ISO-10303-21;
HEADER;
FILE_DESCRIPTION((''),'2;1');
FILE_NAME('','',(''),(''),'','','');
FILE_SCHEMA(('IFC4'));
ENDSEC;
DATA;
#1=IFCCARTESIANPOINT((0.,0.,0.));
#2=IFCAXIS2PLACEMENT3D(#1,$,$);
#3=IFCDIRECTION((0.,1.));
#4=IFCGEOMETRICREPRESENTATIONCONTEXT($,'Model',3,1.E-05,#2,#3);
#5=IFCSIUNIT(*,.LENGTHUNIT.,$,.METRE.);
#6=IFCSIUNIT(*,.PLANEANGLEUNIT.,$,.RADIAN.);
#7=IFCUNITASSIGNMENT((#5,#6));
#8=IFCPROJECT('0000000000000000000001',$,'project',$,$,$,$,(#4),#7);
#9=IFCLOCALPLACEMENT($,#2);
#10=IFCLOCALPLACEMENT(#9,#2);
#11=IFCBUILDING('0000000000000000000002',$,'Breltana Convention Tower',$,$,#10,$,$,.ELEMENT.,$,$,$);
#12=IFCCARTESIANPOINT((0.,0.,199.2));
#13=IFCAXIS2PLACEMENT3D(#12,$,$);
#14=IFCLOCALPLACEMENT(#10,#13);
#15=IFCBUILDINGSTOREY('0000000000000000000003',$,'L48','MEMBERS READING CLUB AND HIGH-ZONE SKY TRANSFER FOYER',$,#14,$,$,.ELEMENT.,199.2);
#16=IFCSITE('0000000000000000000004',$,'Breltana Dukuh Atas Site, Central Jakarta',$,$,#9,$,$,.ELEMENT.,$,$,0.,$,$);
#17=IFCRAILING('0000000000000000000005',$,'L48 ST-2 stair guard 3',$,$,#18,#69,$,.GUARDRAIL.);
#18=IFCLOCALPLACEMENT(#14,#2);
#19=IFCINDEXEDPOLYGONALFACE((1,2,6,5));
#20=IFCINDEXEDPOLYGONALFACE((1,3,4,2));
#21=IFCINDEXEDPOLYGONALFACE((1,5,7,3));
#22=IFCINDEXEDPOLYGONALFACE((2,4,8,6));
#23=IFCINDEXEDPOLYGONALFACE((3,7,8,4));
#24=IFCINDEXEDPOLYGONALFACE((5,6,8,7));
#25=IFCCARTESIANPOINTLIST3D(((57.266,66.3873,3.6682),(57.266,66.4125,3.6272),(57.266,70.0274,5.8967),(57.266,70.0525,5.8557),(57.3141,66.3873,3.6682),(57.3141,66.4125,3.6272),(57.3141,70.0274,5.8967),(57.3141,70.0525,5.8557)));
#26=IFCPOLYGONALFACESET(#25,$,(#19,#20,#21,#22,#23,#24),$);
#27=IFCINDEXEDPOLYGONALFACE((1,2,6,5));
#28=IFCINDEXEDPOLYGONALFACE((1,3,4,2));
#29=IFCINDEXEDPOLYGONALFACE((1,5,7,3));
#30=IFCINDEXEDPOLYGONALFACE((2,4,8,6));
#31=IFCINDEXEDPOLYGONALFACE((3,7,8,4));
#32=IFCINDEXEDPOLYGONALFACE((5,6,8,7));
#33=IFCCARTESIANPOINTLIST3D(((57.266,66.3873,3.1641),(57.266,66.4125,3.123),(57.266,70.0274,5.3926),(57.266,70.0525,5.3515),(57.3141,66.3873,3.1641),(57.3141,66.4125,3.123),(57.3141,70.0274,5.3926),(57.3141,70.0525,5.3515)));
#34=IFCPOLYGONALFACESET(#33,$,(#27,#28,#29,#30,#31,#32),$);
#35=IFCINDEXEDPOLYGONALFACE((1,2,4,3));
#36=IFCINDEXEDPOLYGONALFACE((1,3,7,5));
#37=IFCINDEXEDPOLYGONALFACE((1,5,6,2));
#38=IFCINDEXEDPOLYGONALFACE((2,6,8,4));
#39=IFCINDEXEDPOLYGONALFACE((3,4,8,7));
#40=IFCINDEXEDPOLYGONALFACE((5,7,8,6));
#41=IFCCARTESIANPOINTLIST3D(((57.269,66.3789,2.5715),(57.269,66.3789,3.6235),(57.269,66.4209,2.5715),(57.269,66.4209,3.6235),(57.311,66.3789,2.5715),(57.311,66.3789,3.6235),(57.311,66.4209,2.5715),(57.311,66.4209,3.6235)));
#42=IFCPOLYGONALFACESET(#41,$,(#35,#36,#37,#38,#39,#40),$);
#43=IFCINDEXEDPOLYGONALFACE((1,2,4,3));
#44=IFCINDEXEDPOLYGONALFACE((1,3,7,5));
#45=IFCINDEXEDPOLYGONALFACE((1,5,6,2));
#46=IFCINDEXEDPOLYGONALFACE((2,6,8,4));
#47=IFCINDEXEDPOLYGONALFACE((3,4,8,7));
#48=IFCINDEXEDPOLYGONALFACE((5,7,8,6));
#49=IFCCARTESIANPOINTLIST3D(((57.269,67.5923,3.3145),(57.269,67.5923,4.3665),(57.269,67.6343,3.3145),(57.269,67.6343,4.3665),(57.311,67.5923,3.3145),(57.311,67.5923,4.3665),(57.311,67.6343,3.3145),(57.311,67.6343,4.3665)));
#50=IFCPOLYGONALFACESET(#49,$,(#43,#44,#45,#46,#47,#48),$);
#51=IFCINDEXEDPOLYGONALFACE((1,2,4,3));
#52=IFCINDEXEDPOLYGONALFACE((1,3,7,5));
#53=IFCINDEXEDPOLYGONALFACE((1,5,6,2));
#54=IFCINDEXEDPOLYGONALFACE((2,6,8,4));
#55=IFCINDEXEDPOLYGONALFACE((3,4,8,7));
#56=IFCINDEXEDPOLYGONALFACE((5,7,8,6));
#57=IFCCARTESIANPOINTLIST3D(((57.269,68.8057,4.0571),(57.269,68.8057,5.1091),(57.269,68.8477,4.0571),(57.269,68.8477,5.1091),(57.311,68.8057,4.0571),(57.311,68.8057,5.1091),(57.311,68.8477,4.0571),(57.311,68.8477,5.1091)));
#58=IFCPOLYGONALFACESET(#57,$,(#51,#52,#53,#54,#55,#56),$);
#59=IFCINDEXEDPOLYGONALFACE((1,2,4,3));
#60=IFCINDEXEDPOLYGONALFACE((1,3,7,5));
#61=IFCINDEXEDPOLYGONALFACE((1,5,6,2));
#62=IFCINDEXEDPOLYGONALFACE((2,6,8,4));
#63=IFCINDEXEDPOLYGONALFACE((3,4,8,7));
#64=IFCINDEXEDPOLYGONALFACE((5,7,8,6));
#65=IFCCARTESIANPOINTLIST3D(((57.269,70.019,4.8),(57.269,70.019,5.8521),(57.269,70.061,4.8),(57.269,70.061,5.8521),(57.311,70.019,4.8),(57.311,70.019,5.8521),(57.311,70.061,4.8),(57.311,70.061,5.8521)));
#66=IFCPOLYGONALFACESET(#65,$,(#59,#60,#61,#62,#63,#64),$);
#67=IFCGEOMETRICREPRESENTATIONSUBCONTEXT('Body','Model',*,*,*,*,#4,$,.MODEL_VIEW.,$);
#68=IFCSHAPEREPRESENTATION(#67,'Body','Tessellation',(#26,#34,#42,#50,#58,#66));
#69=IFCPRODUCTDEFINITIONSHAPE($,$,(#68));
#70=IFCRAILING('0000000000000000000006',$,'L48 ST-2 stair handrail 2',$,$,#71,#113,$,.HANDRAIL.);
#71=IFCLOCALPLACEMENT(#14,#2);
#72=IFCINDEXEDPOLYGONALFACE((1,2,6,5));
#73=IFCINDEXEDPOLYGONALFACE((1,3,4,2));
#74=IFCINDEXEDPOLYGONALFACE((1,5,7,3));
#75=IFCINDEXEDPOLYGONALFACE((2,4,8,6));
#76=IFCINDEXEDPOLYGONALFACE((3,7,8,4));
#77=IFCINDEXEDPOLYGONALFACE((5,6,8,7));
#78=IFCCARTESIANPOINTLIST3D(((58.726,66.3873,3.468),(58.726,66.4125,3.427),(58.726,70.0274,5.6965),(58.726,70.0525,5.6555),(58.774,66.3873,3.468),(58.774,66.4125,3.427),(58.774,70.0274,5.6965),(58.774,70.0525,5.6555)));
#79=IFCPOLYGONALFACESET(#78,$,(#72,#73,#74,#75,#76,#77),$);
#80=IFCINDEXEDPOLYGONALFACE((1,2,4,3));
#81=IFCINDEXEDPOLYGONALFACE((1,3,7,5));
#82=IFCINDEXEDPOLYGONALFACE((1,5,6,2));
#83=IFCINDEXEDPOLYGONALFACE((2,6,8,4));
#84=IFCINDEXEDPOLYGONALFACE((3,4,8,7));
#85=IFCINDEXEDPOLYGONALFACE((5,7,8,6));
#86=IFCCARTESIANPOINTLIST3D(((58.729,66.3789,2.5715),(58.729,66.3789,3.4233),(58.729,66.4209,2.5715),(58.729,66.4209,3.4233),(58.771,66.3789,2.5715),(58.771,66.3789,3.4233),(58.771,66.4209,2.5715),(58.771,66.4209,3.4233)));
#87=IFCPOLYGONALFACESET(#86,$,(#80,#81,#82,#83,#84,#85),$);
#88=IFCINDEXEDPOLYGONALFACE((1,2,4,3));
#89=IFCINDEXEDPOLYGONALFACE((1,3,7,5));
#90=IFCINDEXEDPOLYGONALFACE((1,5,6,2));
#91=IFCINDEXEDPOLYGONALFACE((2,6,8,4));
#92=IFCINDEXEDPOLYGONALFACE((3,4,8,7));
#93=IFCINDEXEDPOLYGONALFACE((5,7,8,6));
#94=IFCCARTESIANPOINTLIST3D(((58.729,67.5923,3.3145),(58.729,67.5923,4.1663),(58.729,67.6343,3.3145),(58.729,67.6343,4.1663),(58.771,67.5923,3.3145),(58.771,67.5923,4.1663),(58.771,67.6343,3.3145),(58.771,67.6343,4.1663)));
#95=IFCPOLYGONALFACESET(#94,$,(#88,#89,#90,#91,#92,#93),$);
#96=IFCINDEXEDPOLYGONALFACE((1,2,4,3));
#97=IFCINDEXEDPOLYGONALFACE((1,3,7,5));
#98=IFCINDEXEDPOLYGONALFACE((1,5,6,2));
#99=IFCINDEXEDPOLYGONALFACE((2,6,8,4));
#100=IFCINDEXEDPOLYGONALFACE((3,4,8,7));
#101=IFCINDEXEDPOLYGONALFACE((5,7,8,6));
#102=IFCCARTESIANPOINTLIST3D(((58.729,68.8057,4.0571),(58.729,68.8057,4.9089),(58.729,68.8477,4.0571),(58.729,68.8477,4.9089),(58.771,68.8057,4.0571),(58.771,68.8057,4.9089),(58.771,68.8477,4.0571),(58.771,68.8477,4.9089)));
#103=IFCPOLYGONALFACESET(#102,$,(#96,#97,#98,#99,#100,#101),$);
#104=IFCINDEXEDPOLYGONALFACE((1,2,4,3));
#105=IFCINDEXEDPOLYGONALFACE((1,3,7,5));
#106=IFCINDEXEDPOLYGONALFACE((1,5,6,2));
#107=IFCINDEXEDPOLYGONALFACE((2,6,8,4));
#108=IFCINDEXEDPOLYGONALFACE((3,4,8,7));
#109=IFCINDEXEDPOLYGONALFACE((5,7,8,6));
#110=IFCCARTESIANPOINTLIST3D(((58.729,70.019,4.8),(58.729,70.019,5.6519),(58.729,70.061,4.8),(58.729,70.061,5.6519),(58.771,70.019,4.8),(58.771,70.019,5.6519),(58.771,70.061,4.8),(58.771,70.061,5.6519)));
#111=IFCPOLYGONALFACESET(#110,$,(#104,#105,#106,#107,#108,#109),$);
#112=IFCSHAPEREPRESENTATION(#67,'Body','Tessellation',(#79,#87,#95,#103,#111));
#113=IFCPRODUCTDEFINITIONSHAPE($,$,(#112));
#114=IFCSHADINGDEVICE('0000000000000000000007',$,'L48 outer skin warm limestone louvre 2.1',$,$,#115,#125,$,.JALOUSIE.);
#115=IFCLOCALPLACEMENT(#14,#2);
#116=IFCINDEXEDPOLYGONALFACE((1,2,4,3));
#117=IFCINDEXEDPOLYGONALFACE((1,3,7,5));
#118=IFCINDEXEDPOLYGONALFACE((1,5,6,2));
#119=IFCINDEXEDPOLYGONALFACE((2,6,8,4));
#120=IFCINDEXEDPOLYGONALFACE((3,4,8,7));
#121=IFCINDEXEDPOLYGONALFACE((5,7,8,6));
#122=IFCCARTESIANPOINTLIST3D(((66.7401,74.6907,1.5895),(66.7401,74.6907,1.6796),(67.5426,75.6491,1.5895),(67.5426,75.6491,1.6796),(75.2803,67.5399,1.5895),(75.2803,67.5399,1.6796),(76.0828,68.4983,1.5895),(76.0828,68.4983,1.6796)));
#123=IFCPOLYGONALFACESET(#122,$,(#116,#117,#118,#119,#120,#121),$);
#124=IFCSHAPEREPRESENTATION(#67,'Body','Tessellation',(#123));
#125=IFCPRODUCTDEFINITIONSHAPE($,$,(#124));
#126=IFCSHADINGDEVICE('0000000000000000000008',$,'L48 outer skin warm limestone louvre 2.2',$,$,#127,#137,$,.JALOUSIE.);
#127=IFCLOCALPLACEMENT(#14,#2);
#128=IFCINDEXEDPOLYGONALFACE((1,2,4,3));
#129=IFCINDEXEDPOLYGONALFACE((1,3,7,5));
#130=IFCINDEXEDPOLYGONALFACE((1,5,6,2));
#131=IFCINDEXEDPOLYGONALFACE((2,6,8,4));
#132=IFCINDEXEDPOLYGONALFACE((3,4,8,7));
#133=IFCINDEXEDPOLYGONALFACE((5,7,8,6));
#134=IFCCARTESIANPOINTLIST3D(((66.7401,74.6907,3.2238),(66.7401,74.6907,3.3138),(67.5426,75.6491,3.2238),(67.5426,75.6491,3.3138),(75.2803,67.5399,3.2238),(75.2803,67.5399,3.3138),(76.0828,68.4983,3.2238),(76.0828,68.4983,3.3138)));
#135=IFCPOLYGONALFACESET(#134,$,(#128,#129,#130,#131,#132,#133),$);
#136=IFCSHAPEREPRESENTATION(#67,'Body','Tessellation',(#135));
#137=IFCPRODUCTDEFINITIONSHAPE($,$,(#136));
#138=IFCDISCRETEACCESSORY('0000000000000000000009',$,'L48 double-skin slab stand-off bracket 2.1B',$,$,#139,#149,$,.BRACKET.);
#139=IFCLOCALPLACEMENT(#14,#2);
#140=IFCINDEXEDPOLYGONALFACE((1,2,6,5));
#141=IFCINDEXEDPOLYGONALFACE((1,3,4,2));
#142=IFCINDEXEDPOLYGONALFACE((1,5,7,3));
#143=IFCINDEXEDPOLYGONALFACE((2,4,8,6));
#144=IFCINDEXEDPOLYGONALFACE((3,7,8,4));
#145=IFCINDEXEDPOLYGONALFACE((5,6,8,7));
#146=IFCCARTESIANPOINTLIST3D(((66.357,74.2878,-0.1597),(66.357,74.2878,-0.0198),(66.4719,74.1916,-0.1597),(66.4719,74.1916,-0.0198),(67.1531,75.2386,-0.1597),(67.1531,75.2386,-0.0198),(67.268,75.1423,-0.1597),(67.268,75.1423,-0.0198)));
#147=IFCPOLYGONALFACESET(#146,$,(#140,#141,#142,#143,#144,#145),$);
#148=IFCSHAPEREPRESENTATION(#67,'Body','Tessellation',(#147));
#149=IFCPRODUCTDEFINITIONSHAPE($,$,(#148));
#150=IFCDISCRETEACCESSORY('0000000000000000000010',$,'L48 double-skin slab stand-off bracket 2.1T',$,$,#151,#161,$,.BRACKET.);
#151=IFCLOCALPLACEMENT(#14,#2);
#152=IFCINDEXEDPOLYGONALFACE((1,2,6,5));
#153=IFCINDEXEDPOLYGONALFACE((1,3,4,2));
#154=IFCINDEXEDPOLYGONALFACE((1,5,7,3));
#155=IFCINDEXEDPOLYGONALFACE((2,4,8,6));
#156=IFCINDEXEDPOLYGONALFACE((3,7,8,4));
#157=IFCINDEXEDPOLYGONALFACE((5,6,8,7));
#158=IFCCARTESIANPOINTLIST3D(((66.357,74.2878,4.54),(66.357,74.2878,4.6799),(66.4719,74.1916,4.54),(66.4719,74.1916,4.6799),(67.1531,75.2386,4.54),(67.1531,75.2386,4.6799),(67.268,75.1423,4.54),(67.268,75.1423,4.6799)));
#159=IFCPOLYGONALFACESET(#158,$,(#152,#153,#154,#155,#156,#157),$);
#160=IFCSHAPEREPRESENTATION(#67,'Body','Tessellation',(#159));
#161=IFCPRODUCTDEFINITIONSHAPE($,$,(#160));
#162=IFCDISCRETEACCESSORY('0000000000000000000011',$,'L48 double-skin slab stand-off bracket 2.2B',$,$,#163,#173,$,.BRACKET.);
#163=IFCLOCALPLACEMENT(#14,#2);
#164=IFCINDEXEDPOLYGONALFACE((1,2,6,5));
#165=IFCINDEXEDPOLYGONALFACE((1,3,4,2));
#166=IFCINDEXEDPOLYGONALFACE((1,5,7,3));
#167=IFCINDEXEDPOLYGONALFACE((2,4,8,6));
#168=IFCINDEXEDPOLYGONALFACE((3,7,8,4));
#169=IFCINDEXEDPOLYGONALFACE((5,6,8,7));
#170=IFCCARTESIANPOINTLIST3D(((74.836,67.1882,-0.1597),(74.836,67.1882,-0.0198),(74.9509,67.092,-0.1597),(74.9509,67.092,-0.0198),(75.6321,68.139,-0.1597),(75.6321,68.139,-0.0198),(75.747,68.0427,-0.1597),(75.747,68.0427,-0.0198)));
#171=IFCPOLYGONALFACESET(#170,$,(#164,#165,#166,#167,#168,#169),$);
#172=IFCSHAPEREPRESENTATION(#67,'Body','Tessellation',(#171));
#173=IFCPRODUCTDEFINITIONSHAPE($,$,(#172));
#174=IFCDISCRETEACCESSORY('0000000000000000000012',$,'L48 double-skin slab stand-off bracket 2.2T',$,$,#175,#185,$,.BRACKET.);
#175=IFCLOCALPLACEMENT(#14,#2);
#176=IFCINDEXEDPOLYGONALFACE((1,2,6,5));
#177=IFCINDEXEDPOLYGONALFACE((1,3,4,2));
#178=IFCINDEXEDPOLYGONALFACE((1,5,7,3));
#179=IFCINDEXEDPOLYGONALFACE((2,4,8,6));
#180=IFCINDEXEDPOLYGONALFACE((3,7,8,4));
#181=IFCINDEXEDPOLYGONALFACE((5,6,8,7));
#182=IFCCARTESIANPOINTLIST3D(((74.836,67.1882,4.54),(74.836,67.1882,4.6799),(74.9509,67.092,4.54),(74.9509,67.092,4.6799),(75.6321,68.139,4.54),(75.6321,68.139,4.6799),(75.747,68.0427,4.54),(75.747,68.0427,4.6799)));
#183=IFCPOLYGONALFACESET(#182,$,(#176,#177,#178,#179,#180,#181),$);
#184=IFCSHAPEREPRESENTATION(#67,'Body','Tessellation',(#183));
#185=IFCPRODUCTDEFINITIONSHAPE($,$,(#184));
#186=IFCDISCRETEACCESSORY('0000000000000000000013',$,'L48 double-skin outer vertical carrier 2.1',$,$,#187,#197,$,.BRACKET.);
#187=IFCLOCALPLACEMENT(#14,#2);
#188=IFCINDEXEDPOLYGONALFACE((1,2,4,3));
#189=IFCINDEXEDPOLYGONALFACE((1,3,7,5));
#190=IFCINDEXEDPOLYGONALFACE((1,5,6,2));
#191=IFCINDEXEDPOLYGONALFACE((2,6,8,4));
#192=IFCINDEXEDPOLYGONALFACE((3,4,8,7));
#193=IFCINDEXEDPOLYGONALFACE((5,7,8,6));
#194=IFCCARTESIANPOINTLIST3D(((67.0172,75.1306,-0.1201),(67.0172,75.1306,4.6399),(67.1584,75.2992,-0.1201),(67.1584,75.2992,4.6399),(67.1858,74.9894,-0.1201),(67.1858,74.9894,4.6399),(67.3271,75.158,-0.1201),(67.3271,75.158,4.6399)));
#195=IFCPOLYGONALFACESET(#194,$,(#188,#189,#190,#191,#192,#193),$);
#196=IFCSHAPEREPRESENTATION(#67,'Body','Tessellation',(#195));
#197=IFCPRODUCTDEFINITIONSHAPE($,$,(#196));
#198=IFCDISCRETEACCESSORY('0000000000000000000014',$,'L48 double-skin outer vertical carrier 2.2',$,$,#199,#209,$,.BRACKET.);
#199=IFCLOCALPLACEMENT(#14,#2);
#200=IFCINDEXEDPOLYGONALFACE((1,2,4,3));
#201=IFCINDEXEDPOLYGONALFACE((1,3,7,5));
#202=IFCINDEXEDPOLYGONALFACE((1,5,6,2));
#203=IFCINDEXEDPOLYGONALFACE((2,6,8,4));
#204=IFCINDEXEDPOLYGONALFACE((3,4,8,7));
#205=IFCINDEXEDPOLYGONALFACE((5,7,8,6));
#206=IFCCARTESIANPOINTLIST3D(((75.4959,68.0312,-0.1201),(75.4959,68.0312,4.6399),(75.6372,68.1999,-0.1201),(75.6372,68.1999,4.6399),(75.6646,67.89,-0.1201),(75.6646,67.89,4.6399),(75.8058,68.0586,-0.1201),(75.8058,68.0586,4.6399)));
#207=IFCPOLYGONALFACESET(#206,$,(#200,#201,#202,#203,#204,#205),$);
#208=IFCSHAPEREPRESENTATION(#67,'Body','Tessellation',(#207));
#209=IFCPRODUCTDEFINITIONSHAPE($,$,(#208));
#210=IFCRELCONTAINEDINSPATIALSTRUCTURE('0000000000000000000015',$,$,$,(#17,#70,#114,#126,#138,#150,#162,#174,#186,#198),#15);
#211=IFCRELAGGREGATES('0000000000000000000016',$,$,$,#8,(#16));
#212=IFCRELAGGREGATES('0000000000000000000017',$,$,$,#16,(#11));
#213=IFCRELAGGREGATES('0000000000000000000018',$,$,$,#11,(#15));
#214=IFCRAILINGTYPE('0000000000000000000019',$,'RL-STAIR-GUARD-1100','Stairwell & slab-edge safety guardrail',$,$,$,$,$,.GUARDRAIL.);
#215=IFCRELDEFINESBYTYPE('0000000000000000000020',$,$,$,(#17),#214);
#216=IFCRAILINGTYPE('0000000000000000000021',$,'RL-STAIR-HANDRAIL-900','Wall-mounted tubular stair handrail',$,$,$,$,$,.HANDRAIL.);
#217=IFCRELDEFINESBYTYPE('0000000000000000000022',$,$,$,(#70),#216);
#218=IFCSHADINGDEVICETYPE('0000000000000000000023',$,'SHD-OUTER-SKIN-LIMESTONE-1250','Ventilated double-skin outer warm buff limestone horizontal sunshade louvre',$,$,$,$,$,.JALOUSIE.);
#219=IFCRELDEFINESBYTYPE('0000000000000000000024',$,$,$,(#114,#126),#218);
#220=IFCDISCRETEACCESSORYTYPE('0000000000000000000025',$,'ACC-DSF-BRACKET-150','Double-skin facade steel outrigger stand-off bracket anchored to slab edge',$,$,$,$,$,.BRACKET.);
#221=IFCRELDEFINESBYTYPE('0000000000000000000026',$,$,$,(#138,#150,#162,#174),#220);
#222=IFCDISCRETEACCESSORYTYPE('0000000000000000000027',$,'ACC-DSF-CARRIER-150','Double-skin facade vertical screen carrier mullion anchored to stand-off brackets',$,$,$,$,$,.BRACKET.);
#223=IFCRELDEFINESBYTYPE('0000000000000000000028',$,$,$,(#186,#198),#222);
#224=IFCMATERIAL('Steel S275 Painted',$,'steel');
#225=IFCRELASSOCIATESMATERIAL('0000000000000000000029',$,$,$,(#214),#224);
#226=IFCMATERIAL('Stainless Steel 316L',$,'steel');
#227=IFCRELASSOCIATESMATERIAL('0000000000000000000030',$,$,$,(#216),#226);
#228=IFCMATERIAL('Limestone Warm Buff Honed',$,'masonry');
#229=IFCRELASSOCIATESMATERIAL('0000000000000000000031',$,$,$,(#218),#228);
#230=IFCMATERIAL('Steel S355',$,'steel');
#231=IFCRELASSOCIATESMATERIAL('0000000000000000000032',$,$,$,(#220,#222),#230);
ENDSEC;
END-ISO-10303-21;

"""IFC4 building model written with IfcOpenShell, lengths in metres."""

from ifc_helpers import new_model, si_unit, direction, frame, origin, origin_2d, place, context, subcontext, project, spatial, rectangle, extrude, source, transform, mapped, material, material_profile, profile_set, type_object, type_shapes, element, save


model = new_model("IFC4")

# Units and contexts
model_context = context("Model", 3, precision=1e-05, world=origin(), true_north=direction((0.0, 1.0)))
body_context = subcontext(model_context, "Body", "Model", "MODEL_VIEW")
ifc_project = project(units=[si_unit("LENGTHUNIT", "METRE"), si_unit("PLANEANGLEUNIT", "RADIAN")], contexts=[model_context])

# Site, building, storey
site_placement = place(None, origin())
site = spatial("IfcSite", under=ifc_project, at=site_placement, Name="Breltana Dukuh Atas Site, Central Jakarta", CompositionType="ELEMENT", RefElevation=0.0)
building_placement = place(site_placement, origin())
building = spatial("IfcBuilding", under=site, at=building_placement, Name="Breltana Convention Tower", CompositionType="ELEMENT")
storey_placement = place(building_placement, frame((0.0, 0.0, 199.2)))
storey = spatial("IfcBuildingStorey", under=building, at=storey_placement, Name="L48", Description="MEMBERS READING CLUB AND HIGH-ZONE SKY TRANSFER FOYER", CompositionType="ELEMENT", Elevation=199.2)

# Railings
ifc_material_1 = material(Name="Steel S275 Painted", Category="steel")
railing_type_1 = type_object("IfcRailingType", Name="RL-STAIR-GUARD-1100", Description="Stairwell & slab-edge safety guardrail", PredefinedType="GUARDRAIL", material=ifc_material_1)
railing_1_placement = place(storey_placement, frame((57.29, 66.3999, 2.5715)))
element("IfcRailing", 1, at=railing_1_placement, inside=storey, type_object=railing_type_1, Name="L48 ST-2 stair guard 3", PredefinedType="GUARDRAIL", context=body_context, shape_type="SweptSolid", body=[
    extrude(rectangle(XDim=0.0481, YDim=0.0481, at=origin_2d()), frame((0.0, 0.0, 1.0762), z_axis=(0.0, 0.852866, 0.52213), x_axis=(-1.0, 0.0, 0.0)), (0.0, 0.0, 1.0), 4.2681),
    extrude(rectangle(XDim=0.0481, YDim=0.0481, at=origin_2d()), frame((0.0, 0.0, 0.572), z_axis=(0.0, 0.852866, 0.52213), x_axis=(-1.0, 0.0, 0.0)), (0.0, 0.0, 1.0), 4.2681),
    extrude(rectangle(XDim=0.042, YDim=0.042, at=origin_2d()), origin(), (0.0, 0.0, 1.0), 1.052),
    extrude(rectangle(XDim=0.042, YDim=0.042, at=origin_2d()), frame((0.0, 1.2134, 0.7429)), (0.0, 0.0, 1.0), 1.052),
    extrude(rectangle(XDim=0.042, YDim=0.042, at=origin_2d()), frame((0.0, 2.4268, 1.4856)), (0.0, 0.0, 1.0), 1.052),
    extrude(rectangle(XDim=0.042, YDim=0.042, at=origin_2d()), frame((0.0, 3.6401, 2.2285)), (0.0, 0.0, 1.0), 1.052),
])
ifc_material_2 = material(Name="Stainless Steel 316L", Category="steel")
railing_type_2 = type_object("IfcRailingType", Name="RL-STAIR-HANDRAIL-900", Description="Wall-mounted tubular stair handrail", PredefinedType="HANDRAIL", material=ifc_material_2)
railing_2_placement = place(storey_placement, frame((58.75, 66.3999, 2.5715)))
element("IfcRailing", 2, at=railing_2_placement, inside=storey, type_object=railing_type_2, Name="L48 ST-2 stair handrail 2", PredefinedType="HANDRAIL", context=body_context, shape_type="SweptSolid", body=[
    extrude(rectangle(XDim=0.0481, YDim=0.0481, at=origin_2d()), frame((0.0, 0.0, 0.876), z_axis=(0.0, 0.852866, 0.52213), x_axis=(-1.0, 0.0, 0.0)), (0.0, 0.0, 1.0), 4.2681),
    extrude(rectangle(XDim=0.042, YDim=0.042, at=origin_2d()), origin(), (0.0, 0.0, 1.0), 0.8518),
    extrude(rectangle(XDim=0.042, YDim=0.042, at=origin_2d()), frame((0.0, 1.2134, 0.7429)), (0.0, 0.0, 1.0), 0.8518),
    extrude(rectangle(XDim=0.042, YDim=0.042, at=origin_2d()), frame((0.0, 2.4268, 1.4856)), (0.0, 0.0, 1.0), 0.8518),
    extrude(rectangle(XDim=0.042, YDim=0.042, at=origin_2d()), frame((0.0, 3.6401, 2.2285)), (0.0, 0.0, 1.0), 0.8518),
])

# Shading devices
ifc_material_3 = material(Name="Limestone Warm Buff Honed", Category="masonry")
ifc_material_profile_1 = material_profile(ifc_material_3, rectangle(XDim=1.25, YDim=0.0901, at=origin_2d()), Name="STN-LVR-1250X90")
ifc_profile_set_1 = profile_set([ifc_material_profile_1], Name="Limestone Warm Buff Honed")
shading_device_type = type_object("IfcShadingDeviceType", Name="SHD-OUTER-SKIN-LIMESTONE-1250", Description="Ventilated double-skin outer warm buff limestone horizontal sunshade louvre", PredefinedType="JALOUSIE", material=ifc_profile_set_1)
shared_shape_1 = source(origin(), body_context, "Body", "SweptSolid", [
    extrude(rectangle(XDim=1.25, YDim=0.0901, at=origin_2d()), origin(), (0.0, 0.0, 1.0), 11.1387),
])
for number, where, z_axis, x_axis, name in (
    (3, (67.1414, 75.1699, 1.6345), (0.766719, -0.641983, 0.0), (0.641983, 0.766719, 0.0), "L48 outer skin warm limestone louvre 2.1"),
    (4, (67.1414, 75.1699, 3.2688), (0.766719, -0.641983, 0.0), (0.641983, 0.766719, 0.0), "L48 outer skin warm limestone louvre 2.2"),
):
    element("IfcShadingDevice", number, at=place(storey_placement, frame(where, z_axis=z_axis, x_axis=x_axis)), inside=storey, type_object=shading_device_type, Name=name, PredefinedType="JALOUSIE", context=body_context, shape_type="MappedRepresentation", body=[
        mapped(shared_shape_1, transform((0.0, 0.0, 0.0), scale=1.0)),
    ])

# Discrete accessories
ifc_material_4 = material(Name="Steel S355", Category="steel")
discrete_accessory_type_1 = type_object("IfcDiscreteAccessoryType", Name="ACC-DSF-BRACKET-150", Description="Double-skin facade steel outrigger stand-off bracket anchored to slab edge", PredefinedType="BRACKET", material=ifc_material_4)
shared_shape_2 = source(origin(), body_context, "Body", "SweptSolid", [
    extrude(rectangle(XDim=1.24, YDim=0.1499, at=origin_2d()), origin(), (0.0, 0.0, 1.0), 0.1399),
])
type_shapes(discrete_accessory_type_1, [shared_shape_2])
for number, where, z_axis, x_axis, name in (
    (5, (66.8125, 74.7151, -0.1597), (0.0, 0.0, 1.0), (0.641984, 0.766718, 0.0), "L48 double-skin slab stand-off bracket 2.1B"),
    (6, (66.8125, 74.7151, 4.54), (0.0, 0.0, 1.0), (0.641984, 0.766718, 0.0), "L48 double-skin slab stand-off bracket 2.1T"),
    (7, (75.2915, 67.6155, -0.1597), (0.0, 0.0, 1.0), (0.641984, 0.766718, 0.0), "L48 double-skin slab stand-off bracket 2.2B"),
    (8, (75.2915, 67.6155, 4.54), (0.0, 0.0, 1.0), (0.641984, 0.766718, 0.0), "L48 double-skin slab stand-off bracket 2.2T"),
):
    element("IfcDiscreteAccessory", number, at=place(storey_placement, frame(where, z_axis=z_axis, x_axis=x_axis)), inside=storey, type_object=discrete_accessory_type_1, Name=name, PredefinedType="BRACKET", context=body_context, shape_type="MappedRepresentation", body=[
        mapped(shared_shape_2, transform((0.0, 0.0, 0.0), scale=1.0)),
    ])
discrete_accessory_type_2 = type_object("IfcDiscreteAccessoryType", Name="ACC-DSF-CARRIER-150", Description="Double-skin facade vertical screen carrier mullion anchored to stand-off brackets", PredefinedType="BRACKET", material=ifc_material_4)
shared_shape_3 = source(origin(), body_context, "Body", "SweptSolid", [
    extrude(rectangle(XDim=0.22, YDim=0.22, at=origin_2d()), origin(), (0.0, 0.0, 1.0), 4.76),
])
for number, where, z_axis, x_axis, name in (
    (9, (67.1721, 75.1443, -0.1201), (0.0, 0.0, 1.0), (0.641984, 0.766718, 0.0), "L48 double-skin outer vertical carrier 2.1"),
    (10, (75.6509, 68.0449, -0.1201), (0.0, 0.0, 1.0), (0.641984, 0.766718, 0.0), "L48 double-skin outer vertical carrier 2.2"),
):
    element("IfcDiscreteAccessory", number, at=place(storey_placement, frame(where, z_axis=z_axis, x_axis=x_axis)), inside=storey, type_object=discrete_accessory_type_2, Name=name, PredefinedType="BRACKET", context=body_context, shape_type="MappedRepresentation", body=[
        mapped(shared_shape_3, transform((0.0, 0.0, 0.0), scale=1.0)),
    ])

save(model, "model.ifc")
